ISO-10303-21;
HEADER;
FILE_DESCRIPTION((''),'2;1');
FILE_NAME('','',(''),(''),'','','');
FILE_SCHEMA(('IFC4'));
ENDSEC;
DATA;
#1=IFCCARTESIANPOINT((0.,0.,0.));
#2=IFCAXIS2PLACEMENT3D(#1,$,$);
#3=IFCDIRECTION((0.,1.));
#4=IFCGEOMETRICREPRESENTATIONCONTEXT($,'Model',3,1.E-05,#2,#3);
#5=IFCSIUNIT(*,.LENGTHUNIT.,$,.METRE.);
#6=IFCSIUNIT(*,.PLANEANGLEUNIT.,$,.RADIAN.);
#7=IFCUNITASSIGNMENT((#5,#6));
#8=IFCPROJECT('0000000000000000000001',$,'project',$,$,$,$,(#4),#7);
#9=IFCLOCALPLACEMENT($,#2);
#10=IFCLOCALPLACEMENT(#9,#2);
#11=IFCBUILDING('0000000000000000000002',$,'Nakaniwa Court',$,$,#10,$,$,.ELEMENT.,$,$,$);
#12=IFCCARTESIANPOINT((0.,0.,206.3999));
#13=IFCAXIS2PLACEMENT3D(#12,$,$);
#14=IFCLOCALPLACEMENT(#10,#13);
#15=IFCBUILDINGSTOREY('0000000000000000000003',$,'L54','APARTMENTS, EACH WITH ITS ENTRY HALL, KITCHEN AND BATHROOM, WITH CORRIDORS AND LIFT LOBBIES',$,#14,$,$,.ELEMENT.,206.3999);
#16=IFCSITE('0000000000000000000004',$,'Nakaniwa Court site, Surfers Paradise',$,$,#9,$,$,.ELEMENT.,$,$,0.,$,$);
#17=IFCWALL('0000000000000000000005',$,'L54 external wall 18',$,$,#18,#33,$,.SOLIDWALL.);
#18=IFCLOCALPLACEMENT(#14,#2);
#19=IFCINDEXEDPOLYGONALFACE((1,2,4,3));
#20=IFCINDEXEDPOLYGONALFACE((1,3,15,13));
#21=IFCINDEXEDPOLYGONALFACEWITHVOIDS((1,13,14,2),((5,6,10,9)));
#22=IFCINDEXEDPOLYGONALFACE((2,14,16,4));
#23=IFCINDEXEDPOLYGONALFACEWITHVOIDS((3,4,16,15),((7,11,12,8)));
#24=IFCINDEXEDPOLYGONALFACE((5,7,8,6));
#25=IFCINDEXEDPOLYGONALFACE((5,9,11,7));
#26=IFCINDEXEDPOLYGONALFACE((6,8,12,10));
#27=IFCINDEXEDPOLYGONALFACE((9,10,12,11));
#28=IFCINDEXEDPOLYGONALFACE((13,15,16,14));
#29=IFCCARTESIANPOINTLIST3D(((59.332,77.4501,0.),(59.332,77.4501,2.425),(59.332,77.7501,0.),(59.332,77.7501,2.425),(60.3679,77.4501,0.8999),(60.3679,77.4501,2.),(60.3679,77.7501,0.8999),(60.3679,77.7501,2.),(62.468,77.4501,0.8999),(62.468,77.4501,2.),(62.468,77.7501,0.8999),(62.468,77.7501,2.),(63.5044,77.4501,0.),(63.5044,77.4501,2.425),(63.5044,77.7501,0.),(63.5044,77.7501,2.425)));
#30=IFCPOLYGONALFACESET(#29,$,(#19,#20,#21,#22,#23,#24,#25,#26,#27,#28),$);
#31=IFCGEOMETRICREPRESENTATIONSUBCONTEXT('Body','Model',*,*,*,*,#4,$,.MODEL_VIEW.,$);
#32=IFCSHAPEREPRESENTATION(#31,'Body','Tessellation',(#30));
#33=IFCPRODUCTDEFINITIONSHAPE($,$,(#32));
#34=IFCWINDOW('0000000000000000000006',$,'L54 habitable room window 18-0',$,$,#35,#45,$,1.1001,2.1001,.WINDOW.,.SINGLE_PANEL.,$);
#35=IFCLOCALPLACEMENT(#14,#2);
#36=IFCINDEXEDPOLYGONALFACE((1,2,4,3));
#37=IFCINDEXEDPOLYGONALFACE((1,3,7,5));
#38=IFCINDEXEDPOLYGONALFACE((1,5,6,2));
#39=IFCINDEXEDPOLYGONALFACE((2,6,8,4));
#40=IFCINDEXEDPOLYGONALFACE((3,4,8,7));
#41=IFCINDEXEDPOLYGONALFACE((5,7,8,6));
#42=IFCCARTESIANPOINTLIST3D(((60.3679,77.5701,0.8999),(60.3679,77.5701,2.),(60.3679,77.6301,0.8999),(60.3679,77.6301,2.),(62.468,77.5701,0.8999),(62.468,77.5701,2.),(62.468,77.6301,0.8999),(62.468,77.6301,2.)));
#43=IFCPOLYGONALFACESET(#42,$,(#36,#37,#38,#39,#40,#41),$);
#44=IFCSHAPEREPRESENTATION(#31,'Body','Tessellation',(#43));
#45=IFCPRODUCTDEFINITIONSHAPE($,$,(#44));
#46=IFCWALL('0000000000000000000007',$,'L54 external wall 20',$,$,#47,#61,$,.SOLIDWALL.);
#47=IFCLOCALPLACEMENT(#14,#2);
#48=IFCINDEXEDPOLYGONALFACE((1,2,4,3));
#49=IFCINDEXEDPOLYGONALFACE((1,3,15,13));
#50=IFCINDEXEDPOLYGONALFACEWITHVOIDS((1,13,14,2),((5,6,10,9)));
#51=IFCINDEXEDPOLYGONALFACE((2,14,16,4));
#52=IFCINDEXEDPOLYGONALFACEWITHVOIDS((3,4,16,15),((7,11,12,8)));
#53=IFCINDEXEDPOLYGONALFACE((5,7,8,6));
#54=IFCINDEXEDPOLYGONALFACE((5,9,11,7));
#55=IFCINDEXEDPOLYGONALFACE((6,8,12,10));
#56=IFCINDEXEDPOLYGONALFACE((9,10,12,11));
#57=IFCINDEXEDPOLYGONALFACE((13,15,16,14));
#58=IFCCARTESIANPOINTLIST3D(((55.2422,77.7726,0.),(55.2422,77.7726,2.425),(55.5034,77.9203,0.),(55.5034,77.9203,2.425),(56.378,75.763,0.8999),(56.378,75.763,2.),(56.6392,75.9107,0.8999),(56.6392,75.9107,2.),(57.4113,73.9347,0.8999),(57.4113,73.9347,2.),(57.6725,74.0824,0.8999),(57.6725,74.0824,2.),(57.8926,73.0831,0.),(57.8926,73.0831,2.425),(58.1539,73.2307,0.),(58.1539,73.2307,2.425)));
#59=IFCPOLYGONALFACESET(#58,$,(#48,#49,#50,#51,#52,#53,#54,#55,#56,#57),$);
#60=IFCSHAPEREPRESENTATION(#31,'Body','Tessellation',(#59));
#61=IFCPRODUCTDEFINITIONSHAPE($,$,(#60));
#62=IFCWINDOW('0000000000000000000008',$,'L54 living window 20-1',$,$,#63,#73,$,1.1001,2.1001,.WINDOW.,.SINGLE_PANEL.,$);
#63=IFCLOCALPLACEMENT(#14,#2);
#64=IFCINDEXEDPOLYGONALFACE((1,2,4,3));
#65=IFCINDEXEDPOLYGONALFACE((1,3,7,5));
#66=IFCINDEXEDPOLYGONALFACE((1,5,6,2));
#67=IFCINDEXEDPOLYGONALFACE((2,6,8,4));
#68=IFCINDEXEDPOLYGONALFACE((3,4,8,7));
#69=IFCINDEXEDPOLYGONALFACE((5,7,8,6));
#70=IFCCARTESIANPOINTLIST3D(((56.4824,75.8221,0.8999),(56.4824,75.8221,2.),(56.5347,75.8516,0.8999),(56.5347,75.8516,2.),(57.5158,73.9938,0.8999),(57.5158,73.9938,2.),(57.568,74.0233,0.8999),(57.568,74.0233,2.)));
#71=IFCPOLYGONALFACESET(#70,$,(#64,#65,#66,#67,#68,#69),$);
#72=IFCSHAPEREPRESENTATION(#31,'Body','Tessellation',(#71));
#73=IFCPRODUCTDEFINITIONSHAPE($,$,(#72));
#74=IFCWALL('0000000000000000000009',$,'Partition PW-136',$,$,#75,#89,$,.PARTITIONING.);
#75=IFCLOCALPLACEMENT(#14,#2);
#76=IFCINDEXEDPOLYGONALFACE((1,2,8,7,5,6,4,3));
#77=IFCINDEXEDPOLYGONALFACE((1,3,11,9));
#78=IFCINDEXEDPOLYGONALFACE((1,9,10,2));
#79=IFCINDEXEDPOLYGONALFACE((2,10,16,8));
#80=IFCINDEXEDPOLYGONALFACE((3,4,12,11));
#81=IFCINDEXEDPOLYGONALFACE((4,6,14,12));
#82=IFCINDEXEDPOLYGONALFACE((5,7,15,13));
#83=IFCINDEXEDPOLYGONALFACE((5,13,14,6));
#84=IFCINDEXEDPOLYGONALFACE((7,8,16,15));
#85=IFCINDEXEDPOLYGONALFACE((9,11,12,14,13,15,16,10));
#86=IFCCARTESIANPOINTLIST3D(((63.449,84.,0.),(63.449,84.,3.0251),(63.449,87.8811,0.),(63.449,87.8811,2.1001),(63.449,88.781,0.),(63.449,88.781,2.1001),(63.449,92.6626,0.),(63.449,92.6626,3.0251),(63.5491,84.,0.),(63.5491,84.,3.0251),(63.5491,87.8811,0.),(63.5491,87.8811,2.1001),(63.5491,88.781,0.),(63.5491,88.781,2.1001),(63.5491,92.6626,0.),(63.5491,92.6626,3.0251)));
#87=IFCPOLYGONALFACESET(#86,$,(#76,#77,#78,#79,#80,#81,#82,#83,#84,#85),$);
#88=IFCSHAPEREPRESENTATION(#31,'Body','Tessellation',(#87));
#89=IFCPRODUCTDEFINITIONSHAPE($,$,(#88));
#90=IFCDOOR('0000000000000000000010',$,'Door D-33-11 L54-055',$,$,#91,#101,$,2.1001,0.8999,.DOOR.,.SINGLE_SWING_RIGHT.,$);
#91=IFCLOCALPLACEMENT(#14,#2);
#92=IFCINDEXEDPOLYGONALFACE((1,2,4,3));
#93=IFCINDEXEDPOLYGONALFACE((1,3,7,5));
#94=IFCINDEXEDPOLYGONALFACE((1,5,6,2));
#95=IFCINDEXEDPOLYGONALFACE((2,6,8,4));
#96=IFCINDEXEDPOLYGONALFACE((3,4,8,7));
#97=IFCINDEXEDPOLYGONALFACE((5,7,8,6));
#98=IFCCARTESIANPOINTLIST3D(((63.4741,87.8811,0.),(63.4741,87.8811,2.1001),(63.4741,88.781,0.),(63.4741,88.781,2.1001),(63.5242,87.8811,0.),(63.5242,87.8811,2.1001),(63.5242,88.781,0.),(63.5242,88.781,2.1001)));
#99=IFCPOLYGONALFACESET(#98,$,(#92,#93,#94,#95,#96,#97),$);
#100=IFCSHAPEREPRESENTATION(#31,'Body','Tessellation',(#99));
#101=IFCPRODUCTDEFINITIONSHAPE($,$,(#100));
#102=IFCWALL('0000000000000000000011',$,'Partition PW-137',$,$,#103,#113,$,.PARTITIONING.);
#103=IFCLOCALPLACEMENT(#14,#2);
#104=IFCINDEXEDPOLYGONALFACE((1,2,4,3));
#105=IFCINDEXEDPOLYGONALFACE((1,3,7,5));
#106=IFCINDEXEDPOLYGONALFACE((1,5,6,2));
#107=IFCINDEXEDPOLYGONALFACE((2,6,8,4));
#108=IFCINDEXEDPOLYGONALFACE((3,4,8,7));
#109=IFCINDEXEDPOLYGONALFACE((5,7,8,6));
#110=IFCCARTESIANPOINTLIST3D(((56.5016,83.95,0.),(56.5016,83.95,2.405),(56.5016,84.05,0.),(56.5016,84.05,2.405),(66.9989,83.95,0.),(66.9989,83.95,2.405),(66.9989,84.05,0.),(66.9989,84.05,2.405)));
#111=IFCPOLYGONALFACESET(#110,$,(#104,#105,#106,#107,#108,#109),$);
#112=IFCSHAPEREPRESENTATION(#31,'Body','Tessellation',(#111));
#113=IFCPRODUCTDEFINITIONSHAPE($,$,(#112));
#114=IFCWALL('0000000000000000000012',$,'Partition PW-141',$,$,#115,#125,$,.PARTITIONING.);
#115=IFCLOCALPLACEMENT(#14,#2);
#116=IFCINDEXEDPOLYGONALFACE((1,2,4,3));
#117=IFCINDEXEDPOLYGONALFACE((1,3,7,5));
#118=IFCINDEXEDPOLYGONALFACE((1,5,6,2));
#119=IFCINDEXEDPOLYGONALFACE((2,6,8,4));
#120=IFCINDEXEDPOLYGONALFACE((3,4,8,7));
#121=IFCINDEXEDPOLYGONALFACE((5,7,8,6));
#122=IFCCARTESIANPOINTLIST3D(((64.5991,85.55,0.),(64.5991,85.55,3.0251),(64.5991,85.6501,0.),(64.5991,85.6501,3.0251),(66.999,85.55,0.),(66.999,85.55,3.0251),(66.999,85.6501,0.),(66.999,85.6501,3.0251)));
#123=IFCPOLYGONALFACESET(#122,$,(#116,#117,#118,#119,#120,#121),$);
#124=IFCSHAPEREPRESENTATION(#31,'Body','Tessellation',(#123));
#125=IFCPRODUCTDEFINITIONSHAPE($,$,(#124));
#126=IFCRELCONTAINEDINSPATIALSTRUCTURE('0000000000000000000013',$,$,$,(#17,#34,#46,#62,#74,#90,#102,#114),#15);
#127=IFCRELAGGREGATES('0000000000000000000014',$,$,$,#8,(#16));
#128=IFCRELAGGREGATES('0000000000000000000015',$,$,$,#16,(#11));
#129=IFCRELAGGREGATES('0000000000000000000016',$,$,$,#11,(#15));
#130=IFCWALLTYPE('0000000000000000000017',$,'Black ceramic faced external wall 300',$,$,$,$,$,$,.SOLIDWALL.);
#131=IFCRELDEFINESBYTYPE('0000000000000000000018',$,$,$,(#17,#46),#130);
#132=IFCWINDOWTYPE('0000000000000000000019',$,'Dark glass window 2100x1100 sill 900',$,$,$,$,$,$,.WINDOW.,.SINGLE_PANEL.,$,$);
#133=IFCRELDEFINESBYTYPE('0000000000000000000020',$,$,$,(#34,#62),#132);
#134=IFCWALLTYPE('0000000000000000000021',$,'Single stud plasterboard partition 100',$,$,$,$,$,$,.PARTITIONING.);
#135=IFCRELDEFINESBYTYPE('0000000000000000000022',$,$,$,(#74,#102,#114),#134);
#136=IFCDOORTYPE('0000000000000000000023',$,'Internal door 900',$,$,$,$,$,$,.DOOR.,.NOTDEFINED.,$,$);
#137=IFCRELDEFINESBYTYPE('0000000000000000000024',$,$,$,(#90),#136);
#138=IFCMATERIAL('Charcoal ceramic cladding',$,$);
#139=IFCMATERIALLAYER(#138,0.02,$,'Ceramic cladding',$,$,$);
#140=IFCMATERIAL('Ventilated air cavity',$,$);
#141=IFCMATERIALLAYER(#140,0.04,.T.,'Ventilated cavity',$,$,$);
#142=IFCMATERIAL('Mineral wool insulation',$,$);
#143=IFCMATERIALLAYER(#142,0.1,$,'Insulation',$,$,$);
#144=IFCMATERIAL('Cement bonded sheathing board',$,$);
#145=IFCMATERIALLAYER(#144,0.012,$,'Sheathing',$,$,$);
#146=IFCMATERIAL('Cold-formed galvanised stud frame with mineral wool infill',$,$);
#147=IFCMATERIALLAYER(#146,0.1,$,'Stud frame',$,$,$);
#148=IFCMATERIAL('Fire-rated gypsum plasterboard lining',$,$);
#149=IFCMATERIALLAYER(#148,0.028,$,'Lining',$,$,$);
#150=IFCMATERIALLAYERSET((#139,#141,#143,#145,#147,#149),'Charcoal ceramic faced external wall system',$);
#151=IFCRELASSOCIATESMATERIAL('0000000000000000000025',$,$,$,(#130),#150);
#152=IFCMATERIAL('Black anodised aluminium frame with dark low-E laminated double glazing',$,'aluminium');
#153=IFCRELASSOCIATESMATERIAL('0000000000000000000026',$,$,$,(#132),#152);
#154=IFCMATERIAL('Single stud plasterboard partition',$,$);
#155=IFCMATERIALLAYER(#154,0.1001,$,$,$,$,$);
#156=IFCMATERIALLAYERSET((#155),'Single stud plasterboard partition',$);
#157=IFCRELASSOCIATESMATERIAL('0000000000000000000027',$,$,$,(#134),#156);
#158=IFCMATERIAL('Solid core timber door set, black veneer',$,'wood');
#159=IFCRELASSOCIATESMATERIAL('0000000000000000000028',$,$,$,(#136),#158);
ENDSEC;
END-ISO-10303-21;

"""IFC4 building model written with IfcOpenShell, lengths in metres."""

from ifc_helpers import new_model, si_unit, direction, frame, frame_2d, origin, place, context, subcontext, project, spatial, rectangle, extrude, material, layer, layer_set, type_object, element, fill, save


model = new_model("IFC4")

# Units and contexts
model_context = context("Model", 3, precision=1e-05, world=origin(), true_north=direction((0.0, 1.0)))
body_context = subcontext(model_context, "Body", "Model", "MODEL_VIEW")
ifc_project = project(units=[si_unit("LENGTHUNIT", "METRE"), si_unit("PLANEANGLEUNIT", "RADIAN")], contexts=[model_context])

# Site, building, storey
site_placement = place(None, origin())
site = spatial("IfcSite", under=ifc_project, at=site_placement, Name="Nakaniwa Court site, Surfers Paradise", CompositionType="ELEMENT", RefElevation=0.0)
building_placement = place(site_placement, origin())
building = spatial("IfcBuilding", under=site, at=building_placement, Name="Nakaniwa Court", CompositionType="ELEMENT")
storey_placement = place(building_placement, frame((0.0, 0.0, 206.3999)))
storey = spatial("IfcBuildingStorey", under=building, at=storey_placement, Name="L54", Description="APARTMENTS, EACH WITH ITS ENTRY HALL, KITCHEN AND BATHROOM, WITH CORRIDORS AND LIFT LOBBIES", CompositionType="ELEMENT", Elevation=206.3999)

# Walls, openings, windows
ifc_material_1 = material(Name="Charcoal ceramic cladding")
ifc_layer_1 = layer(ifc_material_1, 0.02, Name="Ceramic cladding")
ifc_material_2 = material(Name="Ventilated air cavity")
ifc_layer_2 = layer(ifc_material_2, 0.04, ventilated=True, Name="Ventilated cavity")
ifc_material_3 = material(Name="Mineral wool insulation")
ifc_layer_3 = layer(ifc_material_3, 0.1, Name="Insulation")
ifc_material_4 = material(Name="Cement bonded sheathing board")
ifc_layer_4 = layer(ifc_material_4, 0.012, Name="Sheathing")
ifc_material_5 = material(Name="Cold-formed galvanised stud frame with mineral wool infill")
ifc_layer_5 = layer(ifc_material_5, 0.1, Name="Stud frame")
ifc_material_6 = material(Name="Fire-rated gypsum plasterboard lining")
ifc_layer_6 = layer(ifc_material_6, 0.028, Name="Lining")
ifc_layer_set_1 = layer_set([ifc_layer_1, ifc_layer_2, ifc_layer_3, ifc_layer_4, ifc_layer_5, ifc_layer_6], Name="Charcoal ceramic faced external wall system")
wall_type_1 = type_object("IfcWallType", Name="Black ceramic faced external wall 300", PredefinedType="SOLIDWALL", material=ifc_layer_set_1)
ifc_material_7 = material(Name="Black anodised aluminium frame with dark low-E laminated double glazing", Category="aluminium")
window_type_1 = type_object("IfcWindowType", Name="Dark glass window 2100x1100 sill 900", PartitioningType="SINGLE_PANEL", PredefinedType="WINDOW", material=ifc_material_7)
wall_1_placement = place(storey_placement, frame((63.5044, 77.6001, 0.0), z_axis=(0.0, 0.0, 1.0), x_axis=(-1.0, 0.0, 0.0)))
wall_1 = element("IfcWall", 1, at=wall_1_placement, inside=storey, type_object=wall_type_1, Name="L54 external wall 18", PredefinedType="SOLIDWALL", context=body_context, shape_type="SweptSolid", body=[
    extrude(rectangle(XDim=4.1724, YDim=0.3, at=frame_2d((2.0862, 0.0))), origin(), (0.0, 0.0, 1.0), 2.425),
])
opening_1_placement = place(wall_1_placement, frame((1.0364, 0.0, 0.8999)))
opening_1 = element("IfcOpeningElement", 2, at=opening_1_placement, cuts=wall_1, PredefinedType="OPENING", context=body_context, shape_type="SweptSolid", body=[
    extrude(rectangle(XDim=2.1001, YDim=1.1001, at=frame_2d((1.05, 0.55))), frame((0.0, 0.1599, 0.0), z_axis=(0.0, -1.0, 0.0), x_axis=(1.0, 0.0, 0.0)), (0.0, 0.0, 1.0), 0.3201),
])
window_1_placement = place(opening_1_placement, origin())
window_1 = element("IfcWindow", 3, at=window_1_placement, inside=storey, type_object=window_type_1, Name="L54 habitable room window 18-0", OverallHeight=1.1001, OverallWidth=2.1001, PartitioningType="SINGLE_PANEL", PredefinedType="WINDOW", context=body_context, shape_type="SweptSolid", body=[
    extrude(rectangle(XDim=2.1001, YDim=1.1001, at=frame_2d((1.05, 0.55))), frame((0.0, 0.03, 0.0), z_axis=(0.0, -1.0, 0.0), x_axis=(1.0, 0.0, 0.0)), (0.0, 0.0, 1.0), 0.0601),
])
fill(opening_1, window_1)
wall_2_placement = place(storey_placement, frame((55.3728, 77.8464, 0.0), z_axis=(0.0, 0.0, 1.0), x_axis=(0.492033, -0.870576, 0.0)))
wall_2 = element("IfcWall", 4, at=wall_2_placement, inside=storey, type_object=wall_type_1, Name="L54 external wall 20", PredefinedType="SOLIDWALL", context=body_context, shape_type="SweptSolid", body=[
    extrude(rectangle(XDim=5.3867, YDim=0.3, at=frame_2d((2.6934, 0.0))), origin(), (0.0, 0.0, 1.0), 2.425),
])
opening_2_placement = place(wall_2_placement, frame((2.3083, 0.0, 0.8999)))
opening_2 = element("IfcOpeningElement", 5, at=opening_2_placement, cuts=wall_2, PredefinedType="OPENING", context=body_context, shape_type="SweptSolid", body=[
    extrude(rectangle(XDim=2.1001, YDim=1.1001, at=frame_2d((1.05, 0.55))), frame((0.0, 0.1599, 0.0), z_axis=(0.0, -1.0, 0.0), x_axis=(1.0, 0.0, 0.0)), (0.0, 0.0, 1.0), 0.3201),
])
window_2_placement = place(opening_2_placement, origin())
window_2 = element("IfcWindow", 6, at=window_2_placement, inside=storey, type_object=window_type_1, Name="L54 living window 20-1", OverallHeight=1.1001, OverallWidth=2.1001, PartitioningType="SINGLE_PANEL", PredefinedType="WINDOW", context=body_context, shape_type="SweptSolid", body=[
    extrude(rectangle(XDim=2.1001, YDim=1.1001, at=frame_2d((1.05, 0.55))), frame((0.0, 0.03, 0.0), z_axis=(0.0, -1.0, 0.0), x_axis=(1.0, 0.0, 0.0)), (0.0, 0.0, 1.0), 0.0601),
])
fill(opening_2, window_2)

# Wall, opening, door
ifc_material_8 = material(Name="Single stud plasterboard partition")
ifc_layer_7 = layer(ifc_material_8, 0.1001)
ifc_layer_set_2 = layer_set([ifc_layer_7], Name="Single stud plasterboard partition")
wall_type_2 = type_object("IfcWallType", Name="Single stud plasterboard partition 100", PredefinedType="PARTITIONING", material=ifc_layer_set_2)
wall_3_placement = place(storey_placement, frame((63.499, 84.0, 0.0), z_axis=(0.0, 0.0, 1.0), x_axis=(0.0, 1.0, 0.0)))
wall_3 = element("IfcWall", 7, at=wall_3_placement, inside=storey, type_object=wall_type_2, Name="Partition PW-136", PredefinedType="PARTITIONING", context=body_context, shape_type="SweptSolid", body=[
    extrude(rectangle(XDim=8.6626, YDim=0.1001, at=frame_2d((4.3313, 0.0))), origin(), (0.0, 0.0, 1.0), 3.0251),
])
opening_3_placement = place(wall_3_placement, frame((3.8811, 0.0, 0.0)))
opening_3 = element("IfcOpeningElement", 8, at=opening_3_placement, cuts=wall_3, PredefinedType="OPENING", context=body_context, shape_type="SweptSolid", body=[
    extrude(rectangle(XDim=0.8999, YDim=2.1001, at=frame_2d((0.45, 1.05))), frame((0.0, 0.0601, 0.0), z_axis=(0.0, -1.0, 0.0), x_axis=(1.0, 0.0, 0.0)), (0.0, 0.0, 1.0), 0.1201),
])
ifc_material_9 = material(Name="Solid core timber door set, black veneer", Category="wood")
door_type = type_object("IfcDoorType", Name="Internal door 900", OperationType="NOTDEFINED", PredefinedType="DOOR", material=ifc_material_9)
door_placement = place(opening_3_placement, origin())
door = element("IfcDoor", 9, at=door_placement, inside=storey, type_object=door_type, Name="Door D-33-11 L54-055", OperationType="SINGLE_SWING_RIGHT", OverallHeight=2.1001, OverallWidth=0.8999, PredefinedType="DOOR", context=body_context, shape_type="SweptSolid", body=[
    extrude(rectangle(XDim=0.8999, YDim=2.1001, at=frame_2d((0.45, 1.05))), frame((0.0, 0.0249, 0.0), z_axis=(0.0, -1.0, 0.0), x_axis=(1.0, 0.0, 0.0)), (0.0, 0.0, 1.0), 0.05),
])
fill(opening_3, door)

# Walls
wall_4_placement = place(storey_placement, frame((56.5017, 84.0, 0.0), z_axis=(0.0, 0.0, 1.0), x_axis=(1.0, 0.0, 0.0)))
element("IfcWall", 10, at=wall_4_placement, inside=storey, type_object=wall_type_2, Name="Partition PW-137", PredefinedType="PARTITIONING", context=body_context, shape_type="SweptSolid", body=[
    extrude(rectangle(XDim=10.4973, YDim=0.1001, at=frame_2d((5.2485, 0.0))), origin(), (0.0, 0.0, 1.0), 2.405),
])
wall_5_placement = place(storey_placement, frame((64.5991, 85.6001, 0.0), z_axis=(0.0, 0.0, 1.0), x_axis=(1.0, 0.0, 0.0)))
element("IfcWall", 11, at=wall_5_placement, inside=storey, type_object=wall_type_2, Name="Partition PW-141", PredefinedType="PARTITIONING", context=body_context, shape_type="SweptSolid", body=[
    extrude(rectangle(XDim=2.3999, YDim=0.1001, at=frame_2d((1.2, 0.0))), origin(), (0.0, 0.0, 1.0), 3.0251),
])

save(model, "model.ifc")
